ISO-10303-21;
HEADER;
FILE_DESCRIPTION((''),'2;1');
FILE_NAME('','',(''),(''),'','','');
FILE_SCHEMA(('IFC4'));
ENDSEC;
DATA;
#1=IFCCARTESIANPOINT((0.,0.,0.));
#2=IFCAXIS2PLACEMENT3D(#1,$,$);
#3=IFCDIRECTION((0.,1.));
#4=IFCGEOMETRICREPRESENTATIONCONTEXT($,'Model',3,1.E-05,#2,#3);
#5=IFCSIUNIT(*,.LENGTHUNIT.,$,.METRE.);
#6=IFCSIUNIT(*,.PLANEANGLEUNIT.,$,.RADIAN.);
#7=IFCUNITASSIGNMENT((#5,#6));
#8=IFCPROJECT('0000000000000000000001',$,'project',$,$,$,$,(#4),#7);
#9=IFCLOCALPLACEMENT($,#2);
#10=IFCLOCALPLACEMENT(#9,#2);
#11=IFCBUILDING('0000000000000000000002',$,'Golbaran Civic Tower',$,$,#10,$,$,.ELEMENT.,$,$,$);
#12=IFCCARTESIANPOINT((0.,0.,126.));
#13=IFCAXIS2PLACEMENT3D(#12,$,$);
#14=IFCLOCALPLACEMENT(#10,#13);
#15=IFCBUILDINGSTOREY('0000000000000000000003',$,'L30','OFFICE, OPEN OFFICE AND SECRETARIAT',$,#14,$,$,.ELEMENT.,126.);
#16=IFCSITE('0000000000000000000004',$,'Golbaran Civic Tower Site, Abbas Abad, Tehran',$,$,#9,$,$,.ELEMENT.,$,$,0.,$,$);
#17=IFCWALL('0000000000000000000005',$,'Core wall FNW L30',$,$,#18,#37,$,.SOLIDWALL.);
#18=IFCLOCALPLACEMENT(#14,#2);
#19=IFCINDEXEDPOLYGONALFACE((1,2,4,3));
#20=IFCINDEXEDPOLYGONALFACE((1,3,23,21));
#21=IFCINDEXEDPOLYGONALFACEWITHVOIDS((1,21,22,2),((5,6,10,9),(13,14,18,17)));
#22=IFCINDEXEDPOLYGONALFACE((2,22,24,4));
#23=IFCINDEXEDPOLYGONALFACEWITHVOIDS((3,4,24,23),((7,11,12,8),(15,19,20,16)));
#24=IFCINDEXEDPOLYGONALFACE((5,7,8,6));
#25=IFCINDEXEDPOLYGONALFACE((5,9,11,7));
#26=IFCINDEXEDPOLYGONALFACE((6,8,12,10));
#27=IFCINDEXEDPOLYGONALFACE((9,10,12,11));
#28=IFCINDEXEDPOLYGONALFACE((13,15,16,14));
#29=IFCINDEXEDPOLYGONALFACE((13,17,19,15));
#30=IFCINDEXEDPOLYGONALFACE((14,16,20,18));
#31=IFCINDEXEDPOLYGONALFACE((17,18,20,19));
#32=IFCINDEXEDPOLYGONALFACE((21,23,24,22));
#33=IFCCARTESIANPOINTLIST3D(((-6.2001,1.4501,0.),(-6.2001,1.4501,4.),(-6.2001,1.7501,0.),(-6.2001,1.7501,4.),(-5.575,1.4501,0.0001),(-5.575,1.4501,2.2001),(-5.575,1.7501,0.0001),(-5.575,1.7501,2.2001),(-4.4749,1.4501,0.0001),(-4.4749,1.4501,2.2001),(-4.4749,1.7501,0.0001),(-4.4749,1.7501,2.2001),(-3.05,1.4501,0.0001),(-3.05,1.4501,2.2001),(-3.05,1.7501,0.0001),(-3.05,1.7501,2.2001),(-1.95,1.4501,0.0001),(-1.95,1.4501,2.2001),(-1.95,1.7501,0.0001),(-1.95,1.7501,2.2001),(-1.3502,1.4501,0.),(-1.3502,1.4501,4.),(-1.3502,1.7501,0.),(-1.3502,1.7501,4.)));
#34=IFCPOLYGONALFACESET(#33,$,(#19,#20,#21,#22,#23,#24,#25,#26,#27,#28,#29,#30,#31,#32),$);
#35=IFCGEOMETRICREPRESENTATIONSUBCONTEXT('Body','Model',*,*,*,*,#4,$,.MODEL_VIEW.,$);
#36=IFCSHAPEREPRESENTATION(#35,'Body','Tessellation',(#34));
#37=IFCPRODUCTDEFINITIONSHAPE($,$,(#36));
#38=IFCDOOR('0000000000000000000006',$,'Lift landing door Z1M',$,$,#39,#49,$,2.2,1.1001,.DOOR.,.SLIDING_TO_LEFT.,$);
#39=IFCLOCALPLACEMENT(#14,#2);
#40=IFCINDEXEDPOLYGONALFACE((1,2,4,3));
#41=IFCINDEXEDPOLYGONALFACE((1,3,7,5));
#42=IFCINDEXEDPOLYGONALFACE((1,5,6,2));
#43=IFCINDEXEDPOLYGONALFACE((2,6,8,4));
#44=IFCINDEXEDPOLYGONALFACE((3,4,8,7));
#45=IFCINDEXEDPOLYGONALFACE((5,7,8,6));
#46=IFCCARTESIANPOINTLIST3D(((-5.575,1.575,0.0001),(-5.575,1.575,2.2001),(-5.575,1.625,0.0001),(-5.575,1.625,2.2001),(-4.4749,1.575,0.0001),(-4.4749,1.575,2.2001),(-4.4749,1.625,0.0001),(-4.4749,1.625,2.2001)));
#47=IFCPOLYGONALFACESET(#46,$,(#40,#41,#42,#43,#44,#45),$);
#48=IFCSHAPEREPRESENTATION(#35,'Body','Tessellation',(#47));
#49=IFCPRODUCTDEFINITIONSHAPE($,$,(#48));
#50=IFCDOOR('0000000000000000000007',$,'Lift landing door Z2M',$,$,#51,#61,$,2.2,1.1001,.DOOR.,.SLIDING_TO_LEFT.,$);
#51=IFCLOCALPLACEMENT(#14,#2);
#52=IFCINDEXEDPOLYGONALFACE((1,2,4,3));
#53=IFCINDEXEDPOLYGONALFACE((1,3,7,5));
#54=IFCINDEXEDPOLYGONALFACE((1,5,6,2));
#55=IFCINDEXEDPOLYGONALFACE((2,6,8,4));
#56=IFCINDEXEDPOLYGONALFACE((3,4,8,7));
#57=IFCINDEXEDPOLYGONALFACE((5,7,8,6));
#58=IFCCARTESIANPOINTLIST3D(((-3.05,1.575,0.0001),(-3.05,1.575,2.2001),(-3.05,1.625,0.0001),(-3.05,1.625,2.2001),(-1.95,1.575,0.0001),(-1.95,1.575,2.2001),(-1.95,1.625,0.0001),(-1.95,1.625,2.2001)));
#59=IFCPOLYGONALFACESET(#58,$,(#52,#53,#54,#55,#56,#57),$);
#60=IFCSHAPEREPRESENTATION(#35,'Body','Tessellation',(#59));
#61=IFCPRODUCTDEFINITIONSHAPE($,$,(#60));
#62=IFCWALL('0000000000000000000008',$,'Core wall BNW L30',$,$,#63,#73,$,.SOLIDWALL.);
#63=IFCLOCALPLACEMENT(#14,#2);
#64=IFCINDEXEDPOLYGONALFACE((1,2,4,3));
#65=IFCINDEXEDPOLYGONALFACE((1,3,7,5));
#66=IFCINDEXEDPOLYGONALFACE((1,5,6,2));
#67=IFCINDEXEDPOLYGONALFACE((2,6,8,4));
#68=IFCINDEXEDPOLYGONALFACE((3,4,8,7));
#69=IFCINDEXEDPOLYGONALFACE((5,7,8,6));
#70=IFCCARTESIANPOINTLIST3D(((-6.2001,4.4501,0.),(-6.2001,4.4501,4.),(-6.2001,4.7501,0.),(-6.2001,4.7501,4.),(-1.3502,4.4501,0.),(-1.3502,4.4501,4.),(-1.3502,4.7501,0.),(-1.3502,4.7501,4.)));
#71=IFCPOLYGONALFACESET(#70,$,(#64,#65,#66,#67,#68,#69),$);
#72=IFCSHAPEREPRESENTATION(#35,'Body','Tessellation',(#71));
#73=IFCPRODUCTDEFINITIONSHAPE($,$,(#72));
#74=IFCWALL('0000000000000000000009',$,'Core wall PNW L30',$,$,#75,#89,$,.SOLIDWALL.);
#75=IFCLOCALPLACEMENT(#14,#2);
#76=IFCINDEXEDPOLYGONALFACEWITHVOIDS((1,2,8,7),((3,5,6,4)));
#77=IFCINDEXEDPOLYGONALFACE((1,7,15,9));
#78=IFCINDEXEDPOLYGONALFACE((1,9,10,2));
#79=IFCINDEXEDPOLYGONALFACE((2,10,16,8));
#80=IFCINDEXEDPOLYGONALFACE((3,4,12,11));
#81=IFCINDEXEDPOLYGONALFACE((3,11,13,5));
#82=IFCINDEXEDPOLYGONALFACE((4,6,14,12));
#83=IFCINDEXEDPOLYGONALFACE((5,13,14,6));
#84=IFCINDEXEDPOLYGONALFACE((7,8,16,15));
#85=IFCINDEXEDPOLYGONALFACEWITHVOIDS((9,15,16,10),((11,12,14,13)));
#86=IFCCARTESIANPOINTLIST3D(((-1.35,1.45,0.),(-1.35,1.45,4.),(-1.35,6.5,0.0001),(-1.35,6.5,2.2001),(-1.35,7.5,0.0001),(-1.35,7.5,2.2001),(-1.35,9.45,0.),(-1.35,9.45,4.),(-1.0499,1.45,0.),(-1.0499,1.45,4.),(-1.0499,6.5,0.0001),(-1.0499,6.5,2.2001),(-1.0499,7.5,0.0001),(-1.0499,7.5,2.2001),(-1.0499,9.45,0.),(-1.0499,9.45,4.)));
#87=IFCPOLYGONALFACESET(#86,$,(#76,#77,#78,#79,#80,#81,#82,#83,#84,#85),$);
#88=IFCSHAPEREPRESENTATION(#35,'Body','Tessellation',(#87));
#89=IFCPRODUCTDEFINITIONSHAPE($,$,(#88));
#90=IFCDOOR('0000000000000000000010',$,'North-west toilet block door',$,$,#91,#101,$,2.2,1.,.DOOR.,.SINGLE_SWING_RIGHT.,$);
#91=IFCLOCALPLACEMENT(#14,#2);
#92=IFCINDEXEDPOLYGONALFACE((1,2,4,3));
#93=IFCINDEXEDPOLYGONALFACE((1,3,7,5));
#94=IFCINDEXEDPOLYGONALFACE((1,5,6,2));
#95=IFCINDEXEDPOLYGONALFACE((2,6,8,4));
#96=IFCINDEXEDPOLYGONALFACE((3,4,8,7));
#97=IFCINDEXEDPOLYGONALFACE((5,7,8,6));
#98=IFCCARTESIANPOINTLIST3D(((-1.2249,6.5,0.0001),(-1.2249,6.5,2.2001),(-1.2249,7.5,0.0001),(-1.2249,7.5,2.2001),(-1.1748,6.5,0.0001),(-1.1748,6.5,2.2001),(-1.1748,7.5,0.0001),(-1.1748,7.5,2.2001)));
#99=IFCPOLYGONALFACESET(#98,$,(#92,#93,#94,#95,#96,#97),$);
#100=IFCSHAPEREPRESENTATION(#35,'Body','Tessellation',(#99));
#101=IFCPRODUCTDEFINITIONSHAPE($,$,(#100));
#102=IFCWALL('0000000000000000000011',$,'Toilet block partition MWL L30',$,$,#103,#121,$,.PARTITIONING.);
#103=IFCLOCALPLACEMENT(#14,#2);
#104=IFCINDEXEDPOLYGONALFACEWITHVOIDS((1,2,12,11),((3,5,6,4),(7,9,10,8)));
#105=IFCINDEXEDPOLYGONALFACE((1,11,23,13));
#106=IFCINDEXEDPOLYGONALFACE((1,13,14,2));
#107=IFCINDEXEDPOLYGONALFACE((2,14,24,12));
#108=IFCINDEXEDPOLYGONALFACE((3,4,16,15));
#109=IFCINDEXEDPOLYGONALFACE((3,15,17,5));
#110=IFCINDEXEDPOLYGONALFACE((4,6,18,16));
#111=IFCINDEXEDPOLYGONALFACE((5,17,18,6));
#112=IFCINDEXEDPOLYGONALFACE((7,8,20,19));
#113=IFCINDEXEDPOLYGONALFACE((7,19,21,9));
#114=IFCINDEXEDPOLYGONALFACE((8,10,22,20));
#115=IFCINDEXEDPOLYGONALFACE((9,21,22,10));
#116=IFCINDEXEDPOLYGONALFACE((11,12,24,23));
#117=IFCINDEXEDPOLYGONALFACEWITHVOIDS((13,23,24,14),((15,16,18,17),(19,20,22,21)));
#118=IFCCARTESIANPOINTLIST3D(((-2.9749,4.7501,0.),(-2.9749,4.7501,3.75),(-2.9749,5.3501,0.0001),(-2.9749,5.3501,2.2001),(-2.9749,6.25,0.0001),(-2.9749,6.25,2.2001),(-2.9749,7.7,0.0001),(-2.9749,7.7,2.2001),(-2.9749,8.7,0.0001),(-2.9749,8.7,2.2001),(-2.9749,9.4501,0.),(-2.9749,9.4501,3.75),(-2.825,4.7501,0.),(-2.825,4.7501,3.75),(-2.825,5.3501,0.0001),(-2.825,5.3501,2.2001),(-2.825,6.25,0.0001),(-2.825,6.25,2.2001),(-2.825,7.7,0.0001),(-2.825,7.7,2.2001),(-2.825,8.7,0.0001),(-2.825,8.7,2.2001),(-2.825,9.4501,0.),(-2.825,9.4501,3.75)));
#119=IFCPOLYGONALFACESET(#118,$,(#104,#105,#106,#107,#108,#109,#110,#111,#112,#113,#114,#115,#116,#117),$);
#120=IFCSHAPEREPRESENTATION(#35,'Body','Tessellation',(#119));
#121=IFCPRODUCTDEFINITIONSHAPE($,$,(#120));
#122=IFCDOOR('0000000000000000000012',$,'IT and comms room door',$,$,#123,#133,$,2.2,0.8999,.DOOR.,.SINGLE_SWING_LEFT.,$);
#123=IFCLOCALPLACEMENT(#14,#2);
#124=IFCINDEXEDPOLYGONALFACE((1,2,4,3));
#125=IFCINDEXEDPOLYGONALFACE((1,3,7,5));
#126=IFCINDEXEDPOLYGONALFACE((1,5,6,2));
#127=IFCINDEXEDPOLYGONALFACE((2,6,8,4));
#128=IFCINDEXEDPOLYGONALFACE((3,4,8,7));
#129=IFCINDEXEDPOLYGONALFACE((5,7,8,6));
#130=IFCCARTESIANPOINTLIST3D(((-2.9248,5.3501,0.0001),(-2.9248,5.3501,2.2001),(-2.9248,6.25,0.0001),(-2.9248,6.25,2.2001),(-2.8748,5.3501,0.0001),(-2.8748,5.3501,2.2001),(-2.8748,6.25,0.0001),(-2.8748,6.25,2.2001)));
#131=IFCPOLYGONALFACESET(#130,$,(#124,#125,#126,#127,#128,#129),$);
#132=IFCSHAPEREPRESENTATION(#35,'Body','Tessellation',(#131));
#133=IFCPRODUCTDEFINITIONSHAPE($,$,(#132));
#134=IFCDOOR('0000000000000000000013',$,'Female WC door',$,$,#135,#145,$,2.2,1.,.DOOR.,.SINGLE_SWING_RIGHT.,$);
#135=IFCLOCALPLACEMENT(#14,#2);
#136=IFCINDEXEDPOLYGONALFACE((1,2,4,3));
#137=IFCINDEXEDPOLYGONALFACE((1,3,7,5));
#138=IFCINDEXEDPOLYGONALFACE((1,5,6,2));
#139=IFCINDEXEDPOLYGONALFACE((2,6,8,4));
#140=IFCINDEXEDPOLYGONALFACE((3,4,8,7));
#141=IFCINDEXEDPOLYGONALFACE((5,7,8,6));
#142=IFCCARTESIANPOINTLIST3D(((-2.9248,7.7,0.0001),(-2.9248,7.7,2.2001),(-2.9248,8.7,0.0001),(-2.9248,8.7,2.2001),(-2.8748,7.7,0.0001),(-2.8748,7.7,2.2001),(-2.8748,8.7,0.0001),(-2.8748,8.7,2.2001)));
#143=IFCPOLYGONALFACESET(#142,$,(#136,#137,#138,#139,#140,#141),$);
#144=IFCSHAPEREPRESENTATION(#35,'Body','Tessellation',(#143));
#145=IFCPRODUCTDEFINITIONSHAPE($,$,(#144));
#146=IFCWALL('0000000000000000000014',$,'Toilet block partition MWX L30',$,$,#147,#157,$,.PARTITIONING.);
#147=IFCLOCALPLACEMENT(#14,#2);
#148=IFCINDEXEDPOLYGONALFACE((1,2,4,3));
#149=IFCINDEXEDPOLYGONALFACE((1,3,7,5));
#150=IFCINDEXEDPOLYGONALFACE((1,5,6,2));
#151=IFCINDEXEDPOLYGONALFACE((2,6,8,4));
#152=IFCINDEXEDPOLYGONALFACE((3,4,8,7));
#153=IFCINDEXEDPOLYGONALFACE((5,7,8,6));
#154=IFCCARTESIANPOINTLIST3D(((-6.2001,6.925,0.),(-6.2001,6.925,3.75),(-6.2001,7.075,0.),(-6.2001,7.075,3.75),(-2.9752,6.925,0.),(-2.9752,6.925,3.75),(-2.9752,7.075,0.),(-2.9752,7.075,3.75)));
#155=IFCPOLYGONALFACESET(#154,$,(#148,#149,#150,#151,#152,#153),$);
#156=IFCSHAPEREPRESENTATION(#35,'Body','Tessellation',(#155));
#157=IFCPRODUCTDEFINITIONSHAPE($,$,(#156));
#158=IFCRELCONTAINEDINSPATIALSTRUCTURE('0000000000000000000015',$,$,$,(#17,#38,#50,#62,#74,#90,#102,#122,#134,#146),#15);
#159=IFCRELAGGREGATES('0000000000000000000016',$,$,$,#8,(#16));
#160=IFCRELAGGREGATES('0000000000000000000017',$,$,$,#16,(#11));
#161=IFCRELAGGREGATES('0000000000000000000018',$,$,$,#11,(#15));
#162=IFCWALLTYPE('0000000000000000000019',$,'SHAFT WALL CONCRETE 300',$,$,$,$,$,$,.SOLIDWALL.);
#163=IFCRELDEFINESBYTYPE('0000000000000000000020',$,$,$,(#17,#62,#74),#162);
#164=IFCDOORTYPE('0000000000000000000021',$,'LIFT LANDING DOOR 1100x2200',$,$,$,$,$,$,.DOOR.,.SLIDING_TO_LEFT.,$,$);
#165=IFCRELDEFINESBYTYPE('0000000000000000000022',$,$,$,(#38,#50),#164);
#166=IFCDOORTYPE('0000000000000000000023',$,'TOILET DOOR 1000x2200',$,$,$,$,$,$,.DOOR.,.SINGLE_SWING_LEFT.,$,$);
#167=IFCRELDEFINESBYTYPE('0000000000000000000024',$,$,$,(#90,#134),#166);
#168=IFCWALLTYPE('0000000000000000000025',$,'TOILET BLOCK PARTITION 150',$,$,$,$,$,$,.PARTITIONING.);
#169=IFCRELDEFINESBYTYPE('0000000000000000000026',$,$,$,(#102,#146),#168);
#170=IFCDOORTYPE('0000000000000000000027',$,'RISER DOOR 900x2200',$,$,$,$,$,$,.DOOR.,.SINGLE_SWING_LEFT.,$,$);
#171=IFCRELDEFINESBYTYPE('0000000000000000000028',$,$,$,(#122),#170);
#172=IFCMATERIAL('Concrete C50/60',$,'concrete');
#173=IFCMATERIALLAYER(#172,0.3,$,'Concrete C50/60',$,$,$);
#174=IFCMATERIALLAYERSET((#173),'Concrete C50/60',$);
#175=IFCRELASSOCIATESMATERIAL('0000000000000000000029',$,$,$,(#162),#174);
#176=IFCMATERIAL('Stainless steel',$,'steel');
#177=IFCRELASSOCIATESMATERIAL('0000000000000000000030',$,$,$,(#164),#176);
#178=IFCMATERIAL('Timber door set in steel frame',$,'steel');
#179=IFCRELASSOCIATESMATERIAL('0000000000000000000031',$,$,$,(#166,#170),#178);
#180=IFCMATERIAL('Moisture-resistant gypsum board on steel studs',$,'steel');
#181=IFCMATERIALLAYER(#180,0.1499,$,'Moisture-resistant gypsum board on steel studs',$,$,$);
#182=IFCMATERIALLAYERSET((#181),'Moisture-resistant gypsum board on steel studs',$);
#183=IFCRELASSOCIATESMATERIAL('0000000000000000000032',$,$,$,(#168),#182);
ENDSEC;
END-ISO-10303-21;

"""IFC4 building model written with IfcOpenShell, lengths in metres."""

from ifc_helpers import new_model, si_unit, direction, frame, frame_2d, origin, place, context, subcontext, project, spatial, rectangle, extrude, material, layer, layer_set, type_object, element, fill, save


model = new_model("IFC4")

# Units and contexts
model_context = context("Model", 3, precision=1e-05, world=origin(), true_north=direction((0.0, 1.0)))
body_context = subcontext(model_context, "Body", "Model", "MODEL_VIEW")
ifc_project = project(units=[si_unit("LENGTHUNIT", "METRE"), si_unit("PLANEANGLEUNIT", "RADIAN")], contexts=[model_context])

# Site, building, storey
site_placement = place(None, origin())
site = spatial("IfcSite", under=ifc_project, at=site_placement, Name="Golbaran Civic Tower Site, Abbas Abad, Tehran", CompositionType="ELEMENT", RefElevation=0.0)
building_placement = place(site_placement, origin())
building = spatial("IfcBuilding", under=site, at=building_placement, Name="Golbaran Civic Tower", CompositionType="ELEMENT")
storey_placement = place(building_placement, frame((0.0, 0.0, 126.0)))
storey = spatial("IfcBuildingStorey", under=building, at=storey_placement, Name="L30", Description="OFFICE, OPEN OFFICE AND SECRETARIAT", CompositionType="ELEMENT", Elevation=126.0)

# Wall, openings, doors
ifc_material_1 = material(Name="Concrete C50/60", Category="concrete")
ifc_layer_1 = layer(ifc_material_1, 0.3, Name="Concrete C50/60")
ifc_layer_set_1 = layer_set([ifc_layer_1], Name="Concrete C50/60")
wall_type_1 = type_object("IfcWallType", Name="SHAFT WALL CONCRETE 300", PredefinedType="SOLIDWALL", material=ifc_layer_set_1)
wall_1_placement = place(storey_placement, frame((-6.2, 1.6001, 0.0), z_axis=(0.0, 0.0, 1.0), x_axis=(1.0, 0.0, 0.0)))
wall_1 = element("IfcWall", 1, at=wall_1_placement, inside=storey, type_object=wall_type_1, Name="Core wall FNW L30", PredefinedType="SOLIDWALL", context=body_context, shape_type="SweptSolid", body=[
    extrude(rectangle(XDim=4.8499, YDim=0.3, at=frame_2d((2.4248, 0.0))), origin(), (0.0, 0.0, 1.0), 4.0),
])
opening_1_placement = place(wall_1_placement, frame((0.625, 0.0, 0.0)))
opening_1 = element("IfcOpeningElement", 2, at=opening_1_placement, cuts=wall_1, PredefinedType="OPENING", context=body_context, shape_type="SweptSolid", body=[
    extrude(rectangle(XDim=1.1001, YDim=2.2, at=frame_2d((0.55, 1.1001))), frame((0.0, 0.1599, 0.0), z_axis=(0.0, -1.0, 0.0), x_axis=(1.0, 0.0, 0.0)), (0.0, 0.0, 1.0), 0.3201),
])
opening_2_placement = place(wall_1_placement, frame((3.1499, 0.0, 0.0)))
opening_2 = element("IfcOpeningElement", 3, at=opening_2_placement, cuts=wall_1, PredefinedType="OPENING", context=body_context, shape_type="SweptSolid", body=[
    extrude(rectangle(XDim=1.1001, YDim=2.2, at=frame_2d((0.55, 1.1001))), frame((0.0, 0.1599, 0.0), z_axis=(0.0, -1.0, 0.0), x_axis=(1.0, 0.0, 0.0)), (0.0, 0.0, 1.0), 0.3201),
])
ifc_material_2 = material(Name="Stainless steel", Category="steel")
door_type_1 = type_object("IfcDoorType", Name="LIFT LANDING DOOR 1100x2200", OperationType="SLIDING_TO_LEFT", PredefinedType="DOOR", material=ifc_material_2)
door_1_placement = place(opening_1_placement, origin())
door_1 = element("IfcDoor", 4, at=door_1_placement, inside=storey, type_object=door_type_1, Name="Lift landing door Z1M", OperationType="SLIDING_TO_LEFT", OverallHeight=2.2, OverallWidth=1.1001, PredefinedType="DOOR", context=body_context, shape_type="SweptSolid", body=[
    extrude(rectangle(XDim=1.1001, YDim=2.2, at=frame_2d((0.55, 1.1001))), frame((0.0, 0.0249, 0.0), z_axis=(0.0, -1.0, 0.0), x_axis=(1.0, 0.0, 0.0)), (0.0, 0.0, 1.0), 0.05),
])
fill(opening_1, door_1)
door_2_placement = place(opening_2_placement, origin())
door_2 = element("IfcDoor", 5, at=door_2_placement, inside=storey, type_object=door_type_1, Name="Lift landing door Z2M", OperationType="SLIDING_TO_LEFT", OverallHeight=2.2, OverallWidth=1.1001, PredefinedType="DOOR", context=body_context, shape_type="SweptSolid", body=[
    extrude(rectangle(XDim=1.1001, YDim=2.2, at=frame_2d((0.55, 1.1001))), frame((0.0, 0.0249, 0.0), z_axis=(0.0, -1.0, 0.0), x_axis=(1.0, 0.0, 0.0)), (0.0, 0.0, 1.0), 0.05),
])
fill(opening_2, door_2)

# Wall
wall_2_placement = place(storey_placement, frame((-6.2, 4.6001, 0.0), z_axis=(0.0, 0.0, 1.0), x_axis=(1.0, 0.0, 0.0)))
element("IfcWall", 6, at=wall_2_placement, inside=storey, type_object=wall_type_1, Name="Core wall BNW L30", PredefinedType="SOLIDWALL", context=body_context, shape_type="SweptSolid", body=[
    extrude(rectangle(XDim=4.8499, YDim=0.3, at=frame_2d((2.4248, 0.0))), origin(), (0.0, 0.0, 1.0), 4.0),
])

# Wall, opening, door
wall_3_placement = place(storey_placement, frame((-1.2, 1.45, 0.0), z_axis=(0.0, 0.0, 1.0), x_axis=(0.0, 1.0, 0.0)))
wall_3 = element("IfcWall", 7, at=wall_3_placement, inside=storey, type_object=wall_type_1, Name="Core wall PNW L30", PredefinedType="SOLIDWALL", context=body_context, shape_type="SweptSolid", body=[
    extrude(rectangle(XDim=8.0, YDim=0.3, at=frame_2d((4.0, 0.0))), origin(), (0.0, 0.0, 1.0), 4.0),
])
opening_3_placement = place(wall_3_placement, frame((5.05, 0.0, 0.0)))
opening_3 = element("IfcOpeningElement", 8, at=opening_3_placement, cuts=wall_3, PredefinedType="OPENING", context=body_context, shape_type="SweptSolid", body=[
    extrude(rectangle(XDim=1.0, YDim=2.2, at=frame_2d((0.5, 1.1001))), frame((0.0, 0.1599, 0.0), z_axis=(0.0, -1.0, 0.0), x_axis=(1.0, 0.0, 0.0)), (0.0, 0.0, 1.0), 0.3201),
])
ifc_material_3 = material(Name="Timber door set in steel frame", Category="steel")
door_type_2 = type_object("IfcDoorType", Name="TOILET DOOR 1000x2200", OperationType="SINGLE_SWING_LEFT", PredefinedType="DOOR", material=ifc_material_3)
door_3_placement = place(opening_3_placement, origin())
door_3 = element("IfcDoor", 9, at=door_3_placement, inside=storey, type_object=door_type_2, Name="North-west toilet block door", OperationType="SINGLE_SWING_RIGHT", OverallHeight=2.2, OverallWidth=1.0, PredefinedType="DOOR", context=body_context, shape_type="SweptSolid", body=[
    extrude(rectangle(XDim=1.0, YDim=2.2, at=frame_2d((0.5, 1.1001))), frame((0.0, 0.0249, 0.0), z_axis=(0.0, -1.0, 0.0), x_axis=(1.0, 0.0, 0.0)), (0.0, 0.0, 1.0), 0.05),
])
fill(opening_3, door_3)

# Wall, openings, doors
ifc_material_4 = material(Name="Moisture-resistant gypsum board on steel studs", Category="steel")
ifc_layer_2 = layer(ifc_material_4, 0.1499, Name="Moisture-resistant gypsum board on steel studs")
ifc_layer_set_2 = layer_set([ifc_layer_2], Name="Moisture-resistant gypsum board on steel studs")
wall_type_2 = type_object("IfcWallType", Name="TOILET BLOCK PARTITION 150", PredefinedType="PARTITIONING", material=ifc_layer_set_2)
wall_4_placement = place(storey_placement, frame((-2.8999, 4.75, 0.0), z_axis=(0.0, 0.0, 1.0), x_axis=(0.0, 1.0, 0.0)))
wall_4 = element("IfcWall", 10, at=wall_4_placement, inside=storey, type_object=wall_type_2, Name="Toilet block partition MWL L30", PredefinedType="PARTITIONING", context=body_context, shape_type="SweptSolid", body=[
    extrude(rectangle(XDim=4.7, YDim=0.1499, at=frame_2d((2.3501, 0.0))), origin(), (0.0, 0.0, 1.0), 3.75),
])
opening_4_placement = place(wall_4_placement, frame((2.95, 0.0, 0.0)))
opening_4 = element("IfcOpeningElement", 11, at=opening_4_placement, cuts=wall_4, PredefinedType="OPENING", context=body_context, shape_type="SweptSolid", body=[
    extrude(rectangle(XDim=1.0, YDim=2.2, at=frame_2d((0.5, 1.1001))), frame((0.0, 0.085, 0.0), z_axis=(0.0, -1.0, 0.0), x_axis=(1.0, 0.0, 0.0)), (0.0, 0.0, 1.0), 0.1699),
])
opening_5_placement = place(wall_4_placement, frame((0.6001, 0.0, 0.0)))
opening_5 = element("IfcOpeningElement", 12, at=opening_5_placement, cuts=wall_4, PredefinedType="OPENING", context=body_context, shape_type="SweptSolid", body=[
    extrude(rectangle(XDim=0.8999, YDim=2.2, at=frame_2d((0.45, 1.1001))), frame((0.0, 0.085, 0.0), z_axis=(0.0, -1.0, 0.0), x_axis=(1.0, 0.0, 0.0)), (0.0, 0.0, 1.0), 0.1699),
])
door_type_3 = type_object("IfcDoorType", Name="RISER DOOR 900x2200", OperationType="SINGLE_SWING_LEFT", PredefinedType="DOOR", material=ifc_material_3)
door_4_placement = place(opening_5_placement, origin())
door_4 = element("IfcDoor", 13, at=door_4_placement, inside=storey, type_object=door_type_3, Name="IT and comms room door", OperationType="SINGLE_SWING_LEFT", OverallHeight=2.2, OverallWidth=0.8999, PredefinedType="DOOR", context=body_context, shape_type="SweptSolid", body=[
    extrude(rectangle(XDim=0.8999, YDim=2.2, at=frame_2d((0.45, 1.1001))), frame((0.0, 0.0249, 0.0), z_axis=(0.0, -1.0, 0.0), x_axis=(1.0, 0.0, 0.0)), (0.0, 0.0, 1.0), 0.05),
])
fill(opening_5, door_4)
door_5_placement = place(opening_4_placement, origin())
door_5 = element("IfcDoor", 14, at=door_5_placement, inside=storey, type_object=door_type_2, Name="Female WC door", OperationType="SINGLE_SWING_RIGHT", OverallHeight=2.2, OverallWidth=1.0, PredefinedType="DOOR", context=body_context, shape_type="SweptSolid", body=[
    extrude(rectangle(XDim=1.0, YDim=2.2, at=frame_2d((0.5, 1.1001))), frame((0.0, 0.0249, 0.0), z_axis=(0.0, -1.0, 0.0), x_axis=(1.0, 0.0, 0.0)), (0.0, 0.0, 1.0), 0.05),
])
fill(opening_4, door_5)

# Wall
wall_5_placement = place(storey_placement, frame((-6.2, 7.0, 0.0), z_axis=(0.0, 0.0, 1.0), x_axis=(1.0, 0.0, 0.0)))
element("IfcWall", 15, at=wall_5_placement, inside=storey, type_object=wall_type_2, Name="Toilet block partition MWX L30", PredefinedType="PARTITIONING", context=body_context, shape_type="SweptSolid", body=[
    extrude(rectangle(XDim=3.2249, YDim=0.1499, at=frame_2d((1.6123, 0.0))), origin(), (0.0, 0.0, 1.0), 3.75),
])

save(model, "model.ifc")
